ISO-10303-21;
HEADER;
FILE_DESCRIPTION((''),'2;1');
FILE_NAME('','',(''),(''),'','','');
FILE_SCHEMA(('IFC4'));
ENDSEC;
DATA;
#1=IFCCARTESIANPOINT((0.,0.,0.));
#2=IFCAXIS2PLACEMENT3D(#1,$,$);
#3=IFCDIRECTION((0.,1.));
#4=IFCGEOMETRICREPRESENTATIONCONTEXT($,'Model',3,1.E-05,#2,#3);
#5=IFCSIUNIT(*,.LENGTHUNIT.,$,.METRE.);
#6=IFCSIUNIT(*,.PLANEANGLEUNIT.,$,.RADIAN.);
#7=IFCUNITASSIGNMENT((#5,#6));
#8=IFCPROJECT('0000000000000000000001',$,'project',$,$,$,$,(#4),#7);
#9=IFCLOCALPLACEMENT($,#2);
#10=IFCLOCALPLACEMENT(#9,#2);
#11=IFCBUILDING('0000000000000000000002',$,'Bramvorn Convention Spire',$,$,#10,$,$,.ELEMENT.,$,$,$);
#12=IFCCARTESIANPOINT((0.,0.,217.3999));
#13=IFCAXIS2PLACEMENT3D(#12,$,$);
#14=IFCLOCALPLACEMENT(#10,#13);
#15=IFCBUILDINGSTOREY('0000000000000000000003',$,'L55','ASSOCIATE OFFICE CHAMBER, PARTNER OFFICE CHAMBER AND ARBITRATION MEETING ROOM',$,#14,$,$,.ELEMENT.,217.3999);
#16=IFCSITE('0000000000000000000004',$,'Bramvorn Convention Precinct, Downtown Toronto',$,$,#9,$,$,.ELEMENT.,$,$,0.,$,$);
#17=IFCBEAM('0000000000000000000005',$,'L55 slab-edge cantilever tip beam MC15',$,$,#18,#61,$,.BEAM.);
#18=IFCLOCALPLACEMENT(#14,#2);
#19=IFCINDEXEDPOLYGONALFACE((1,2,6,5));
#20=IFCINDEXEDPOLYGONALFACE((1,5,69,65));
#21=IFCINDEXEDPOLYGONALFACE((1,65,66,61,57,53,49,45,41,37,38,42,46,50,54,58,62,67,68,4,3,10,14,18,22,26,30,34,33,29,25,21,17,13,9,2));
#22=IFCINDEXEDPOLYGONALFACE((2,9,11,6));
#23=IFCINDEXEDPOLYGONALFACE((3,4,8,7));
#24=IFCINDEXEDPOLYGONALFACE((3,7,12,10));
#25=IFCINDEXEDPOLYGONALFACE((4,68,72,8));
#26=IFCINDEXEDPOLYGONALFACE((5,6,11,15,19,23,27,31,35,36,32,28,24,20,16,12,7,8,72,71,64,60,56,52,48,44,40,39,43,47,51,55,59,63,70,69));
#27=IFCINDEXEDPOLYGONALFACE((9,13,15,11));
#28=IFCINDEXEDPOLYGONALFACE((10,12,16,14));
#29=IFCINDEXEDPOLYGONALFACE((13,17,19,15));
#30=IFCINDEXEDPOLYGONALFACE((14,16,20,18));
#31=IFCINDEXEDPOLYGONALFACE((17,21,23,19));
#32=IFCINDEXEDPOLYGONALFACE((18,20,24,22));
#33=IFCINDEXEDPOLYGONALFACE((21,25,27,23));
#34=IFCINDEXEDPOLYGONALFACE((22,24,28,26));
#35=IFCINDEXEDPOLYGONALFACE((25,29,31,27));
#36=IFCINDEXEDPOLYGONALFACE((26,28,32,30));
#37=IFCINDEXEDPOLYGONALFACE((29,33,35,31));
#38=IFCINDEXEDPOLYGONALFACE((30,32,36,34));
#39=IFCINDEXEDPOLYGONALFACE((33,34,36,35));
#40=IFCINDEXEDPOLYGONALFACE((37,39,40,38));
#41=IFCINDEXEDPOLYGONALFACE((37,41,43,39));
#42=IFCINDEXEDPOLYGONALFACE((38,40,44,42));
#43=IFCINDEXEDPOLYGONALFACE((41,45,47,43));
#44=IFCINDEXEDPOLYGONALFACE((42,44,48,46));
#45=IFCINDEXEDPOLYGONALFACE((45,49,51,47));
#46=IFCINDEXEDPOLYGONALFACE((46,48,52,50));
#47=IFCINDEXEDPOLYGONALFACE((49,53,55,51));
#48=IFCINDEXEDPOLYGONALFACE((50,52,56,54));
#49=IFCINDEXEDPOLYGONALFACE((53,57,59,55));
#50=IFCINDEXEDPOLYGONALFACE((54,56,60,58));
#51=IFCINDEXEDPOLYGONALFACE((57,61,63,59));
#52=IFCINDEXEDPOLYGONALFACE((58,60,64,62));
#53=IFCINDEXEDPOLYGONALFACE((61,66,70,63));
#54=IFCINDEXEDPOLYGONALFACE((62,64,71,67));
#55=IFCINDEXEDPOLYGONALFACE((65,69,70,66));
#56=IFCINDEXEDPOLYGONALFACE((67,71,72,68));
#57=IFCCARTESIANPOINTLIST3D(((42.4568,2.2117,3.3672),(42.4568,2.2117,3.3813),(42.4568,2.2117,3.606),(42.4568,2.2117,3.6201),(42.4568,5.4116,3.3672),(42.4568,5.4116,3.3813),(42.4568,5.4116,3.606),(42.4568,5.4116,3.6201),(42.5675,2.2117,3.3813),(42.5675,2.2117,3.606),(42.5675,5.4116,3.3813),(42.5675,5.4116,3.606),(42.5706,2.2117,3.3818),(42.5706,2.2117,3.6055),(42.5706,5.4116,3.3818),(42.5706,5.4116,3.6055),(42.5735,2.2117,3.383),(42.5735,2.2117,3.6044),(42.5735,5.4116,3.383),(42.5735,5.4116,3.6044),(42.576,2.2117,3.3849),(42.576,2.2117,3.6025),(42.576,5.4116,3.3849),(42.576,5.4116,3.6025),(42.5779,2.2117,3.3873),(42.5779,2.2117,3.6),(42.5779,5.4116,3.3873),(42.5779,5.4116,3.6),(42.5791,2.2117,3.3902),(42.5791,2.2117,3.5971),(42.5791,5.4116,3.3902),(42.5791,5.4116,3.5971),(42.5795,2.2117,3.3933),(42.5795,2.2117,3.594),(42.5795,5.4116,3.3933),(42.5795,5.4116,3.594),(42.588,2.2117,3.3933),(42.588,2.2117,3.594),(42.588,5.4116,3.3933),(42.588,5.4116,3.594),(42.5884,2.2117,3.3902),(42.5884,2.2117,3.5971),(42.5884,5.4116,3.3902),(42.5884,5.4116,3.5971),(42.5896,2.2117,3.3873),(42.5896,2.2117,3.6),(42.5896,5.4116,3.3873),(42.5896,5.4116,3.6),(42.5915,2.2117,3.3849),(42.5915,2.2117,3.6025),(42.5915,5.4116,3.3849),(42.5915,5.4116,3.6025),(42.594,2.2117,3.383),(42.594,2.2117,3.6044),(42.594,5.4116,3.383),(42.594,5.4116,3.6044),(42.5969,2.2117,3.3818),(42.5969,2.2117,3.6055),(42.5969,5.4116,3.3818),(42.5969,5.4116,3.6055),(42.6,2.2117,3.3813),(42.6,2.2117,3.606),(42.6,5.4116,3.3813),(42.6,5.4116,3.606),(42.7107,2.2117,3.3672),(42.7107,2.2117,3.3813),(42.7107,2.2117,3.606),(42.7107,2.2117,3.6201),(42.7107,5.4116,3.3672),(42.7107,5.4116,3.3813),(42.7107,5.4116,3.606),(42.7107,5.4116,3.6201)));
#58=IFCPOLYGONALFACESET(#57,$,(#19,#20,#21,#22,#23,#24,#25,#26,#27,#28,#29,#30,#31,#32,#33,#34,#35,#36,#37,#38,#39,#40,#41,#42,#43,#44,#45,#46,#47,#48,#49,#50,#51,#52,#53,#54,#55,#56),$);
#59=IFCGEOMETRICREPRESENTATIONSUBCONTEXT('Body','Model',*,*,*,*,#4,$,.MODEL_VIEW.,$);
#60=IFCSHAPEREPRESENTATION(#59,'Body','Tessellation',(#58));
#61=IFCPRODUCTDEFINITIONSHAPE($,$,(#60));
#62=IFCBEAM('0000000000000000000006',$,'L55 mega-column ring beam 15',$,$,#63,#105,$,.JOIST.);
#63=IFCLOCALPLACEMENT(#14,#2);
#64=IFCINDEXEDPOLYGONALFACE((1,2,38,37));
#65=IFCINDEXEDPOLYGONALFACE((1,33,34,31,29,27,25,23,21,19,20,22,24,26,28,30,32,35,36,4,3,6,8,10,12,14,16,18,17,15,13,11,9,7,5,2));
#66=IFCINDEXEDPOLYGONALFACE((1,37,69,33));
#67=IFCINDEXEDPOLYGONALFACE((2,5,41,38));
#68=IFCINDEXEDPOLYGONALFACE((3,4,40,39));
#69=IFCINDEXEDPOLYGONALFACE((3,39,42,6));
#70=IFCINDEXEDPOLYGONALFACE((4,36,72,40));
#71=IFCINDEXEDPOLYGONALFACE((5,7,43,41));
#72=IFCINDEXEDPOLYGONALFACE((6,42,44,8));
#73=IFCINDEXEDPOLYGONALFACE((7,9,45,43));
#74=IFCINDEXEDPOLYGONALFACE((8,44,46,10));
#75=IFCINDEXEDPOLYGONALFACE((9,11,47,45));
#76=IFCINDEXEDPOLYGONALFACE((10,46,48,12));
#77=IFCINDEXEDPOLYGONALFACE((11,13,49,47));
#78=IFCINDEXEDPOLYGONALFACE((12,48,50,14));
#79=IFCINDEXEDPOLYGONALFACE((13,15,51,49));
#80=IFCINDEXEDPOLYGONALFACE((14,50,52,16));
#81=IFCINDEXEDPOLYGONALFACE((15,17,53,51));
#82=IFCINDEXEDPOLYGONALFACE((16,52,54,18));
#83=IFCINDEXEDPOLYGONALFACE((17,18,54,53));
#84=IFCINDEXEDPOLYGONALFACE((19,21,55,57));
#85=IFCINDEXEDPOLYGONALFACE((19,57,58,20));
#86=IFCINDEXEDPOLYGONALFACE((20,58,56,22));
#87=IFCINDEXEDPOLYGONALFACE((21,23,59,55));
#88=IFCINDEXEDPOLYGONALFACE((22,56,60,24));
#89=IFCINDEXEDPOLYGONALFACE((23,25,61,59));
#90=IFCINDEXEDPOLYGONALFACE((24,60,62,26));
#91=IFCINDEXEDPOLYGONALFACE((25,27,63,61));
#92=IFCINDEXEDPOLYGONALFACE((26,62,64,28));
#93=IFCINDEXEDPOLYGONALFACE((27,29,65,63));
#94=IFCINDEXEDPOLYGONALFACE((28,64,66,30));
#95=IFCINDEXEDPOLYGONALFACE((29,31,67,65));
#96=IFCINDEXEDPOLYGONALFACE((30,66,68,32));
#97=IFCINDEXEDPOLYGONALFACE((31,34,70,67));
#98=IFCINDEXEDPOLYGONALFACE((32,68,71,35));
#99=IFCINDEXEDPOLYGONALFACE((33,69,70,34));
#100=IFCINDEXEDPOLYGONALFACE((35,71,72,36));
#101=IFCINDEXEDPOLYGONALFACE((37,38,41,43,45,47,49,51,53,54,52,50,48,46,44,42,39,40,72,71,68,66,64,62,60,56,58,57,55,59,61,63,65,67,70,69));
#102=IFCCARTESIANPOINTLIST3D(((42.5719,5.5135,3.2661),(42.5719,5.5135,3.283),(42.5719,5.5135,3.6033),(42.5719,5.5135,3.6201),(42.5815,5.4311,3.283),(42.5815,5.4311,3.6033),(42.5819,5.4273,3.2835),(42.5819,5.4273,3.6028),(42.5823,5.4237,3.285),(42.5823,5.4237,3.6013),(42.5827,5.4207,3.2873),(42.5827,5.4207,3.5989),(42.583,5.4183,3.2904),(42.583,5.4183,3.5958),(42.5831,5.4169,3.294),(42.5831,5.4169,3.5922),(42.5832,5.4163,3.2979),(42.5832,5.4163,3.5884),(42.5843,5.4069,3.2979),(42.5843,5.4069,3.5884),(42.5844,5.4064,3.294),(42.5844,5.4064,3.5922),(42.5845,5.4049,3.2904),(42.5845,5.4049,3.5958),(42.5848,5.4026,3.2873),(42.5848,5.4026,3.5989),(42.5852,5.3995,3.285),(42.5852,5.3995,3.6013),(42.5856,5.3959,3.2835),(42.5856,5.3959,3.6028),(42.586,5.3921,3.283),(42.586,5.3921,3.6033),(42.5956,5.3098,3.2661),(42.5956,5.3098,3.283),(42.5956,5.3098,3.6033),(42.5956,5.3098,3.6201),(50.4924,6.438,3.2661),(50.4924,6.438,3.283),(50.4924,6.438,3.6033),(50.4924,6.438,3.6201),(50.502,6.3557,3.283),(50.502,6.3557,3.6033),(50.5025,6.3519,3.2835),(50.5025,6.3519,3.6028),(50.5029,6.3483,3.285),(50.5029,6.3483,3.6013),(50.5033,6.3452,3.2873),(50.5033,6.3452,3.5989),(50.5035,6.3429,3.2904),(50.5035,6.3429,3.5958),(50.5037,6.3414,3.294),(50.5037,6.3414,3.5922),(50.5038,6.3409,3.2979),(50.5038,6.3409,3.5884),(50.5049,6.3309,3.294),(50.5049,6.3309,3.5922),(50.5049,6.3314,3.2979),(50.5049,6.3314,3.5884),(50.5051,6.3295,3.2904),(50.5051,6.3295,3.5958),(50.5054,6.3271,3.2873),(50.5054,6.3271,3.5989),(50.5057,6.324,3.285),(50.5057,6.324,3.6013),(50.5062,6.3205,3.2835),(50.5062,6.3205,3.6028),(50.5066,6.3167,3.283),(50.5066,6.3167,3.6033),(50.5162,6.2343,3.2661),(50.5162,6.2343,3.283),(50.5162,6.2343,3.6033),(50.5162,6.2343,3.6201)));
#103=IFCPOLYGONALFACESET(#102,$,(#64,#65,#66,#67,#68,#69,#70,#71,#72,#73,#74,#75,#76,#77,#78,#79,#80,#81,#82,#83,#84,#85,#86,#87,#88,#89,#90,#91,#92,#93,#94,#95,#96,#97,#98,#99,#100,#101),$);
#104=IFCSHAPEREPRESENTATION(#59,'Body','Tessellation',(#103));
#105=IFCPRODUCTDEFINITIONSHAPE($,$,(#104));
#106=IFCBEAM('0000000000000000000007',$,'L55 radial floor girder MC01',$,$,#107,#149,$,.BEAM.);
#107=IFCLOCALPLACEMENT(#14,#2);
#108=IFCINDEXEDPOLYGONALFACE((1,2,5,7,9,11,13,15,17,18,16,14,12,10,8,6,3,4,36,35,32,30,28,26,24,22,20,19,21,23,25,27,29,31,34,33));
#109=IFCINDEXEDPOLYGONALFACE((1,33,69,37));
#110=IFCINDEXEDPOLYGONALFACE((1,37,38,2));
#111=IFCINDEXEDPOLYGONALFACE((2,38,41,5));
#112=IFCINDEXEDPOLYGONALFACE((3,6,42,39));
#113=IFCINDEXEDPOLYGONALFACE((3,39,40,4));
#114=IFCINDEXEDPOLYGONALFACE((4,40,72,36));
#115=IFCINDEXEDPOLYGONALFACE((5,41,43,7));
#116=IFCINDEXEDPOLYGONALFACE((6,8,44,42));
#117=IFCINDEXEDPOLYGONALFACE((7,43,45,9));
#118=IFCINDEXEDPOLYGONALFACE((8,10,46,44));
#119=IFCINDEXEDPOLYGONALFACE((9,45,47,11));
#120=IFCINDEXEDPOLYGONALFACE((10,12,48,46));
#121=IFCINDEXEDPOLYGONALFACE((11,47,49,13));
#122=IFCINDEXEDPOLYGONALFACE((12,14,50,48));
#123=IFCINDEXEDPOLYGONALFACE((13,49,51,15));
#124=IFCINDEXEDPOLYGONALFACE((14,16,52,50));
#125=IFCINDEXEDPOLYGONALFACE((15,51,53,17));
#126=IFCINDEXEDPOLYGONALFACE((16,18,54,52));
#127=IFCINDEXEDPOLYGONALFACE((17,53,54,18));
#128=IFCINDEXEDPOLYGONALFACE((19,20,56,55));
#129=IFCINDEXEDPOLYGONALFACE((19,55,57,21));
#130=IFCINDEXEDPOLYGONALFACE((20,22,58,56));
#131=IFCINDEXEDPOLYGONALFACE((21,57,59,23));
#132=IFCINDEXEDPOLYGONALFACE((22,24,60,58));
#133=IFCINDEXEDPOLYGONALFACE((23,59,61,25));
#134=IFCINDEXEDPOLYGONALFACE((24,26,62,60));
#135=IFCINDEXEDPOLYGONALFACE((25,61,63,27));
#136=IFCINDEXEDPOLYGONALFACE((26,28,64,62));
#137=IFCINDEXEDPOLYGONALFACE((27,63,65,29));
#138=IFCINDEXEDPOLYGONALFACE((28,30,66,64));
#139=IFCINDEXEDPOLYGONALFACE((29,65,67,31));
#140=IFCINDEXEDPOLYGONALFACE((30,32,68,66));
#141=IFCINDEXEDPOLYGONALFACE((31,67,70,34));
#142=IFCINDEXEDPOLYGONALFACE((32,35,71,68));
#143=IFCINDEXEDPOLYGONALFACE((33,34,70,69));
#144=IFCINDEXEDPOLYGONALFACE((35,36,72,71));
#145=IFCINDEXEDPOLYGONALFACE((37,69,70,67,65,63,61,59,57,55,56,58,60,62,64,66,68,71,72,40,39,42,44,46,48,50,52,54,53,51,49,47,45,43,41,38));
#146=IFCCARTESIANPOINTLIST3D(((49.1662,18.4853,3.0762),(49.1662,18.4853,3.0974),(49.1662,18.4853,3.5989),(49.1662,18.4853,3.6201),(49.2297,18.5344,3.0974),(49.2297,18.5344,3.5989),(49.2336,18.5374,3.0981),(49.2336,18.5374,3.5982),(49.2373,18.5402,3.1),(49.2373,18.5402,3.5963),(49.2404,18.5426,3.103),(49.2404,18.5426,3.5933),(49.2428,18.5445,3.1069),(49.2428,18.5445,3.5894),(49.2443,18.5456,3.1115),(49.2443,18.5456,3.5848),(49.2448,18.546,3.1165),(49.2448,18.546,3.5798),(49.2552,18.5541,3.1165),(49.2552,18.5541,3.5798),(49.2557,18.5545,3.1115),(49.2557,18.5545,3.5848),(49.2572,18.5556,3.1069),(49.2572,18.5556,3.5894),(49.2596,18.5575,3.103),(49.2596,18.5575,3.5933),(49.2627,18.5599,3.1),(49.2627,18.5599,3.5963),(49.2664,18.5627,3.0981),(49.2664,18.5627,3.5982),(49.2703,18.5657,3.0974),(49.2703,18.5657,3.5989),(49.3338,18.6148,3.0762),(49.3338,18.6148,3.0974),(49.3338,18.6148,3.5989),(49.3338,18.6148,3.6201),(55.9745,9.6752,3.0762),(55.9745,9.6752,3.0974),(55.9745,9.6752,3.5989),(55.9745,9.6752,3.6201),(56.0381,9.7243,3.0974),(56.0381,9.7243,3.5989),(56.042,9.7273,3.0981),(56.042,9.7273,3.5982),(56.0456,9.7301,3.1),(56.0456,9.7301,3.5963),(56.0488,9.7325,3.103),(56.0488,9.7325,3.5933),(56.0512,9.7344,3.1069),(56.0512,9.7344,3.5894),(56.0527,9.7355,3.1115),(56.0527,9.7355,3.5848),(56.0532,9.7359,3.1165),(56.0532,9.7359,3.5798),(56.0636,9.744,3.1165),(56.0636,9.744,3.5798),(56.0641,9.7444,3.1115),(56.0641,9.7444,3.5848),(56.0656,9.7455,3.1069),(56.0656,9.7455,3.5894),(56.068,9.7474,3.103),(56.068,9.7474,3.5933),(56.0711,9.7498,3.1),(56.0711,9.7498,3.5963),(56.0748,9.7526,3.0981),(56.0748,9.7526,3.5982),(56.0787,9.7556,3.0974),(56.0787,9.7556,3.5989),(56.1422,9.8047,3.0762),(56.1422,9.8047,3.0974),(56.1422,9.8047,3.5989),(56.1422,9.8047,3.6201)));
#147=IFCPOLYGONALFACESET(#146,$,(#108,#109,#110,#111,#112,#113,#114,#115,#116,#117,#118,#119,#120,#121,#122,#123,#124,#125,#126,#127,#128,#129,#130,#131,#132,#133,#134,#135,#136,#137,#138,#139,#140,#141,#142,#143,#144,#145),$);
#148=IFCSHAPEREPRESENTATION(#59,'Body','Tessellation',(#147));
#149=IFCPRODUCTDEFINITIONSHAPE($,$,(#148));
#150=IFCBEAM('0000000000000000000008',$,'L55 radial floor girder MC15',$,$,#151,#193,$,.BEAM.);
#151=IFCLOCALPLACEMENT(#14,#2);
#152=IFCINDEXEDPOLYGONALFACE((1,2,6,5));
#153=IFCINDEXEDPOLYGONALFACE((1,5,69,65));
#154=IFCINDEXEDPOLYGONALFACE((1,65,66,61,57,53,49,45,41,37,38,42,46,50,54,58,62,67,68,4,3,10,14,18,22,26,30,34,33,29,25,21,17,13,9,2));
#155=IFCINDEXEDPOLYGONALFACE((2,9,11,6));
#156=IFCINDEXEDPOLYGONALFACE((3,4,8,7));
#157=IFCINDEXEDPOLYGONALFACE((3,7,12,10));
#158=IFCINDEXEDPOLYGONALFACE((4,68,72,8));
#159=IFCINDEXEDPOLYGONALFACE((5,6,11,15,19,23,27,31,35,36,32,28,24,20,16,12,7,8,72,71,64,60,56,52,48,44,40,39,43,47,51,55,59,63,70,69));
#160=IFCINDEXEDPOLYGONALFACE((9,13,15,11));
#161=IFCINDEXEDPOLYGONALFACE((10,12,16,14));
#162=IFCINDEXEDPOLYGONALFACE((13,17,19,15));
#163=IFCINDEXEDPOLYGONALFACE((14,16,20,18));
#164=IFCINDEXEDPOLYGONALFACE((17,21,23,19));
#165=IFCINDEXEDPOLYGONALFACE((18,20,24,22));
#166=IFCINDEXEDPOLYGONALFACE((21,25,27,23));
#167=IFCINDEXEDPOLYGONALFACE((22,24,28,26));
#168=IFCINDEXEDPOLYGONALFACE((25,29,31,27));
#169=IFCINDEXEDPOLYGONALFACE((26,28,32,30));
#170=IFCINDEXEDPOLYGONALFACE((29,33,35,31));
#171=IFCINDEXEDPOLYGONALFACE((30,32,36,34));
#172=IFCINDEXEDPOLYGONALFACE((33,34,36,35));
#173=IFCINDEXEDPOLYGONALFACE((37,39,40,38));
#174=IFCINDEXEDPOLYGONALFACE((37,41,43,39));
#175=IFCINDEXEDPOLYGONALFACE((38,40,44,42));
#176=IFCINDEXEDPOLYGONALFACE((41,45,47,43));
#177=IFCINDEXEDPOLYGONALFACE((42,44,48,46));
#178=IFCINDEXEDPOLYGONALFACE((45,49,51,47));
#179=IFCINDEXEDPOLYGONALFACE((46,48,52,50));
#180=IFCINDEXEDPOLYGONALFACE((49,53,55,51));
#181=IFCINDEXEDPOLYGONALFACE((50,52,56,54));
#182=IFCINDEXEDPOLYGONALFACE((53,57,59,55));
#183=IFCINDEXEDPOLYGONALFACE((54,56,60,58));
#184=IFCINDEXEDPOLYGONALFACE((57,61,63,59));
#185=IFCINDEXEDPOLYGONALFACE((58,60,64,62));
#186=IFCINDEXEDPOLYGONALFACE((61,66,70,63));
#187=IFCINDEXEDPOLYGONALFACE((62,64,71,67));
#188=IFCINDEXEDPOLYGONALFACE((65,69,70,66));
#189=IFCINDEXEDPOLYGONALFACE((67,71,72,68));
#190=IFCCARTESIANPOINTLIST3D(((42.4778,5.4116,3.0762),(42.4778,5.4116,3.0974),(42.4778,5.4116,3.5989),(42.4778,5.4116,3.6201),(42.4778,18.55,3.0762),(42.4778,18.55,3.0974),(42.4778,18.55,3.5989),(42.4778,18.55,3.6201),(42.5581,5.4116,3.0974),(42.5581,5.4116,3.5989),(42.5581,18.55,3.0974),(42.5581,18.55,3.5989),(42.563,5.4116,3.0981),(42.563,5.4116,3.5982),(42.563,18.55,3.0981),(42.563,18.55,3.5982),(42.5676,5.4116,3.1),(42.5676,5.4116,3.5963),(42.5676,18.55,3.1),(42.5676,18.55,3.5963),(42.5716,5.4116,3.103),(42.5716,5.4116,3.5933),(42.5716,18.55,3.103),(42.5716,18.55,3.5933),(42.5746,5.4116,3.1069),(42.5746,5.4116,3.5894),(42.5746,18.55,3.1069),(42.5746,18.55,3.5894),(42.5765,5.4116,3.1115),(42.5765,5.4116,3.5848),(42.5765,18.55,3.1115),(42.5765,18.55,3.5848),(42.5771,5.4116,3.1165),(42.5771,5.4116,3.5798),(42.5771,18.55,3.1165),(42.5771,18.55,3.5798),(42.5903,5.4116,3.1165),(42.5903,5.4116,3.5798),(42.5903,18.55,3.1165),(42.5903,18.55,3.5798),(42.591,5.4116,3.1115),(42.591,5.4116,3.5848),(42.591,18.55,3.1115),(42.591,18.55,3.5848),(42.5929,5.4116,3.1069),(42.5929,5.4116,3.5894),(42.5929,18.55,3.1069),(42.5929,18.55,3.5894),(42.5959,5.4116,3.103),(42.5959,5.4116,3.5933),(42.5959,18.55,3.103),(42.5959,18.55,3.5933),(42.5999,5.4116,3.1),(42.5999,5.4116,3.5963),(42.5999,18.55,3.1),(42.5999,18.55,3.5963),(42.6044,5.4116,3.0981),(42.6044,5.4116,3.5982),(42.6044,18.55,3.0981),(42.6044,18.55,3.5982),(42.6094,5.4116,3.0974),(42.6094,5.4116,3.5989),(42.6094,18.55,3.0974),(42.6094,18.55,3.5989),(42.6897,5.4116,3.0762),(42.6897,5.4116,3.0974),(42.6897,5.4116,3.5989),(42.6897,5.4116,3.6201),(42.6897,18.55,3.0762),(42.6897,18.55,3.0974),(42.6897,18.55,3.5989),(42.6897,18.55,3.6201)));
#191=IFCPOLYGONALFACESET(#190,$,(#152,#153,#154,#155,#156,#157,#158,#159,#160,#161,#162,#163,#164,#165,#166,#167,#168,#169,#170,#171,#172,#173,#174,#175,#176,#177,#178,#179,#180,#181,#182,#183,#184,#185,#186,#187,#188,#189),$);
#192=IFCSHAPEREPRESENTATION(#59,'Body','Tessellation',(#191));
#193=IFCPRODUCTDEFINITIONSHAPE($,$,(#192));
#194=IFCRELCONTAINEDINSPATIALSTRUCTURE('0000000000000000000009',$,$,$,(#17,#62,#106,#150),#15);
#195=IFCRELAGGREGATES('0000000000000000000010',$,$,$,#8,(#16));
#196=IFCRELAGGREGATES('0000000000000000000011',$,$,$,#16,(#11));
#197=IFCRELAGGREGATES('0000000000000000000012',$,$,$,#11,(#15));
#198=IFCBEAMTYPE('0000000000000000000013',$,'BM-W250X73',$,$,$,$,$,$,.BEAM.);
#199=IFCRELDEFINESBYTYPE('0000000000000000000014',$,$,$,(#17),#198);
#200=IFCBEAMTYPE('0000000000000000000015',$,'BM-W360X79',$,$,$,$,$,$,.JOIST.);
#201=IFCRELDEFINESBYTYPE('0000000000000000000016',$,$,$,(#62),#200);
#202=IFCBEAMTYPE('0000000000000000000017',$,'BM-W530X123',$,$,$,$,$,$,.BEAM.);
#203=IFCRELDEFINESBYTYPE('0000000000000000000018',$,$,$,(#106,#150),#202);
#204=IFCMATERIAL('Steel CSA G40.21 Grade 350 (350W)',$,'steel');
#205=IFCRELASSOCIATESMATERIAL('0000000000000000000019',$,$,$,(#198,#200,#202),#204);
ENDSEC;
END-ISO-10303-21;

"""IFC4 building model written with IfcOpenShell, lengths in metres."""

from ifc_helpers import new_model, si_unit, direction, frame, origin, origin_2d, place, context, subcontext, project, spatial, i_section, extrude, material, material_profile, profile_set, type_object, element, save


model = new_model("IFC4")

# Units and contexts
model_context = context("Model", 3, precision=1e-05, world=origin(), true_north=direction((0.0, 1.0)))
body_context = subcontext(model_context, "Body", "Model", "MODEL_VIEW")
ifc_project = project(units=[si_unit("LENGTHUNIT", "METRE"), si_unit("PLANEANGLEUNIT", "RADIAN")], contexts=[model_context])

# Site, building, storey
site_placement = place(None, origin())
site = spatial("IfcSite", under=ifc_project, at=site_placement, Name="Bramvorn Convention Precinct, Downtown Toronto", CompositionType="ELEMENT", RefElevation=0.0)
building_placement = place(site_placement, origin())
building = spatial("IfcBuilding", under=site, at=building_placement, Name="Bramvorn Convention Spire", CompositionType="ELEMENT")
storey_placement = place(building_placement, frame((0.0, 0.0, 217.3999)))
storey = spatial("IfcBuildingStorey", under=building, at=storey_placement, Name="L55", Description="ASSOCIATE OFFICE CHAMBER, PARTNER OFFICE CHAMBER AND ARBITRATION MEETING ROOM", CompositionType="ELEMENT", Elevation=217.3999)

# Shared definitions
ifc_material_1 = material(Name="Steel CSA G40.21 Grade 350 (350W)", Category="steel")

# Beams
ifc_material_profile_1 = material_profile(ifc_material_1, i_section(OverallWidth=0.2539, OverallDepth=0.2529, WebThickness=0.0085, FlangeThickness=0.0142, FilletRadius=0.012, at=origin_2d()))
ifc_profile_set_1 = profile_set([ifc_material_profile_1], Name="Steel CSA G40.21 Grade 350 (350W) - W250X73")
beam_type_1 = type_object("IfcBeamType", Name="BM-W250X73", PredefinedType="BEAM", material=ifc_profile_set_1)
beam_1_placement = place(storey_placement, frame((42.5837, 5.4116, 3.4937), z_axis=(0.0, -1.0, 0.0), x_axis=(1.0, 0.0, 0.0)))
element("IfcBeam", 1, at=beam_1_placement, inside=storey, type_object=beam_type_1, Name="L55 slab-edge cantilever tip beam MC15", PredefinedType="BEAM", context=body_context, shape_type="SweptSolid", body=[
    extrude(i_section(OverallWidth=0.2539, OverallDepth=0.2529, WebThickness=0.0085, FlangeThickness=0.0142, FilletRadius=0.012, at=origin_2d()), origin(), (0.0, 0.0, 1.0), 3.2),
])
ifc_material_profile_2 = material_profile(ifc_material_1, i_section(OverallWidth=0.2051, OverallDepth=0.354, WebThickness=0.0095, FlangeThickness=0.0168, FilletRadius=0.0149, at=origin_2d()))
ifc_profile_set_2 = profile_set([ifc_material_profile_2], Name="Steel CSA G40.21 Grade 350 (350W) - W360X79")
beam_type_2 = type_object("IfcBeamType", Name="BM-W360X79", PredefinedType="JOIST", material=ifc_profile_set_2)
beam_2_placement = place(storey_placement, frame((42.5837, 5.4116, 3.4431), z_axis=(0.993256, 0.115941, 0.0), x_axis=(-0.115941, 0.993256, 0.0)))
element("IfcBeam", 2, at=beam_2_placement, inside=storey, type_object=beam_type_2, Name="L55 mega-column ring beam 15", PredefinedType="JOIST", context=body_context, shape_type="SweptSolid", body=[
    extrude(i_section(OverallWidth=0.2051, OverallDepth=0.354, WebThickness=0.0095, FlangeThickness=0.0168, FilletRadius=0.0149, at=origin_2d()), origin(), (0.0, 0.0, 1.0), 7.9744),
])
ifc_material_profile_3 = material_profile(ifc_material_1, i_section(OverallWidth=0.2119, OverallDepth=0.5439, WebThickness=0.0132, FlangeThickness=0.0212, FilletRadius=0.019, at=origin_2d()))
ifc_profile_set_3 = profile_set([ifc_material_profile_3], Name="Steel CSA G40.21 Grade 350 (350W) - W530X123")
beam_type_3 = type_object("IfcBeamType", Name="BM-W530X123", PredefinedType="BEAM", material=ifc_profile_set_3)
beam_3_placement = place(storey_placement, frame((49.25, 18.55, 3.3481), z_axis=(0.61148, -0.79126, 0.0), x_axis=(0.79126, 0.61148, 0.0)))
element("IfcBeam", 3, at=beam_3_placement, inside=storey, type_object=beam_type_3, Name="L55 radial floor girder MC01", PredefinedType="BEAM", context=body_context, shape_type="SweptSolid", body=[
    extrude(i_section(OverallWidth=0.2119, OverallDepth=0.5439, WebThickness=0.0132, FlangeThickness=0.0212, FilletRadius=0.019, at=origin_2d()), origin(), (0.0, 0.0, 1.0), 11.1343),
])
beam_4_placement = place(storey_placement, frame((42.5837, 18.55, 3.3481), z_axis=(0.0, -1.0, 0.0), x_axis=(1.0, 0.0, 0.0)))
element("IfcBeam", 4, at=beam_4_placement, inside=storey, type_object=beam_type_3, Name="L55 radial floor girder MC15", PredefinedType="BEAM", context=body_context, shape_type="SweptSolid", body=[
    extrude(i_section(OverallWidth=0.2119, OverallDepth=0.5439, WebThickness=0.0132, FlangeThickness=0.0212, FilletRadius=0.019, at=origin_2d()), origin(), (0.0, 0.0, 1.0), 13.1384),
])

save(model, "model.ifc")
